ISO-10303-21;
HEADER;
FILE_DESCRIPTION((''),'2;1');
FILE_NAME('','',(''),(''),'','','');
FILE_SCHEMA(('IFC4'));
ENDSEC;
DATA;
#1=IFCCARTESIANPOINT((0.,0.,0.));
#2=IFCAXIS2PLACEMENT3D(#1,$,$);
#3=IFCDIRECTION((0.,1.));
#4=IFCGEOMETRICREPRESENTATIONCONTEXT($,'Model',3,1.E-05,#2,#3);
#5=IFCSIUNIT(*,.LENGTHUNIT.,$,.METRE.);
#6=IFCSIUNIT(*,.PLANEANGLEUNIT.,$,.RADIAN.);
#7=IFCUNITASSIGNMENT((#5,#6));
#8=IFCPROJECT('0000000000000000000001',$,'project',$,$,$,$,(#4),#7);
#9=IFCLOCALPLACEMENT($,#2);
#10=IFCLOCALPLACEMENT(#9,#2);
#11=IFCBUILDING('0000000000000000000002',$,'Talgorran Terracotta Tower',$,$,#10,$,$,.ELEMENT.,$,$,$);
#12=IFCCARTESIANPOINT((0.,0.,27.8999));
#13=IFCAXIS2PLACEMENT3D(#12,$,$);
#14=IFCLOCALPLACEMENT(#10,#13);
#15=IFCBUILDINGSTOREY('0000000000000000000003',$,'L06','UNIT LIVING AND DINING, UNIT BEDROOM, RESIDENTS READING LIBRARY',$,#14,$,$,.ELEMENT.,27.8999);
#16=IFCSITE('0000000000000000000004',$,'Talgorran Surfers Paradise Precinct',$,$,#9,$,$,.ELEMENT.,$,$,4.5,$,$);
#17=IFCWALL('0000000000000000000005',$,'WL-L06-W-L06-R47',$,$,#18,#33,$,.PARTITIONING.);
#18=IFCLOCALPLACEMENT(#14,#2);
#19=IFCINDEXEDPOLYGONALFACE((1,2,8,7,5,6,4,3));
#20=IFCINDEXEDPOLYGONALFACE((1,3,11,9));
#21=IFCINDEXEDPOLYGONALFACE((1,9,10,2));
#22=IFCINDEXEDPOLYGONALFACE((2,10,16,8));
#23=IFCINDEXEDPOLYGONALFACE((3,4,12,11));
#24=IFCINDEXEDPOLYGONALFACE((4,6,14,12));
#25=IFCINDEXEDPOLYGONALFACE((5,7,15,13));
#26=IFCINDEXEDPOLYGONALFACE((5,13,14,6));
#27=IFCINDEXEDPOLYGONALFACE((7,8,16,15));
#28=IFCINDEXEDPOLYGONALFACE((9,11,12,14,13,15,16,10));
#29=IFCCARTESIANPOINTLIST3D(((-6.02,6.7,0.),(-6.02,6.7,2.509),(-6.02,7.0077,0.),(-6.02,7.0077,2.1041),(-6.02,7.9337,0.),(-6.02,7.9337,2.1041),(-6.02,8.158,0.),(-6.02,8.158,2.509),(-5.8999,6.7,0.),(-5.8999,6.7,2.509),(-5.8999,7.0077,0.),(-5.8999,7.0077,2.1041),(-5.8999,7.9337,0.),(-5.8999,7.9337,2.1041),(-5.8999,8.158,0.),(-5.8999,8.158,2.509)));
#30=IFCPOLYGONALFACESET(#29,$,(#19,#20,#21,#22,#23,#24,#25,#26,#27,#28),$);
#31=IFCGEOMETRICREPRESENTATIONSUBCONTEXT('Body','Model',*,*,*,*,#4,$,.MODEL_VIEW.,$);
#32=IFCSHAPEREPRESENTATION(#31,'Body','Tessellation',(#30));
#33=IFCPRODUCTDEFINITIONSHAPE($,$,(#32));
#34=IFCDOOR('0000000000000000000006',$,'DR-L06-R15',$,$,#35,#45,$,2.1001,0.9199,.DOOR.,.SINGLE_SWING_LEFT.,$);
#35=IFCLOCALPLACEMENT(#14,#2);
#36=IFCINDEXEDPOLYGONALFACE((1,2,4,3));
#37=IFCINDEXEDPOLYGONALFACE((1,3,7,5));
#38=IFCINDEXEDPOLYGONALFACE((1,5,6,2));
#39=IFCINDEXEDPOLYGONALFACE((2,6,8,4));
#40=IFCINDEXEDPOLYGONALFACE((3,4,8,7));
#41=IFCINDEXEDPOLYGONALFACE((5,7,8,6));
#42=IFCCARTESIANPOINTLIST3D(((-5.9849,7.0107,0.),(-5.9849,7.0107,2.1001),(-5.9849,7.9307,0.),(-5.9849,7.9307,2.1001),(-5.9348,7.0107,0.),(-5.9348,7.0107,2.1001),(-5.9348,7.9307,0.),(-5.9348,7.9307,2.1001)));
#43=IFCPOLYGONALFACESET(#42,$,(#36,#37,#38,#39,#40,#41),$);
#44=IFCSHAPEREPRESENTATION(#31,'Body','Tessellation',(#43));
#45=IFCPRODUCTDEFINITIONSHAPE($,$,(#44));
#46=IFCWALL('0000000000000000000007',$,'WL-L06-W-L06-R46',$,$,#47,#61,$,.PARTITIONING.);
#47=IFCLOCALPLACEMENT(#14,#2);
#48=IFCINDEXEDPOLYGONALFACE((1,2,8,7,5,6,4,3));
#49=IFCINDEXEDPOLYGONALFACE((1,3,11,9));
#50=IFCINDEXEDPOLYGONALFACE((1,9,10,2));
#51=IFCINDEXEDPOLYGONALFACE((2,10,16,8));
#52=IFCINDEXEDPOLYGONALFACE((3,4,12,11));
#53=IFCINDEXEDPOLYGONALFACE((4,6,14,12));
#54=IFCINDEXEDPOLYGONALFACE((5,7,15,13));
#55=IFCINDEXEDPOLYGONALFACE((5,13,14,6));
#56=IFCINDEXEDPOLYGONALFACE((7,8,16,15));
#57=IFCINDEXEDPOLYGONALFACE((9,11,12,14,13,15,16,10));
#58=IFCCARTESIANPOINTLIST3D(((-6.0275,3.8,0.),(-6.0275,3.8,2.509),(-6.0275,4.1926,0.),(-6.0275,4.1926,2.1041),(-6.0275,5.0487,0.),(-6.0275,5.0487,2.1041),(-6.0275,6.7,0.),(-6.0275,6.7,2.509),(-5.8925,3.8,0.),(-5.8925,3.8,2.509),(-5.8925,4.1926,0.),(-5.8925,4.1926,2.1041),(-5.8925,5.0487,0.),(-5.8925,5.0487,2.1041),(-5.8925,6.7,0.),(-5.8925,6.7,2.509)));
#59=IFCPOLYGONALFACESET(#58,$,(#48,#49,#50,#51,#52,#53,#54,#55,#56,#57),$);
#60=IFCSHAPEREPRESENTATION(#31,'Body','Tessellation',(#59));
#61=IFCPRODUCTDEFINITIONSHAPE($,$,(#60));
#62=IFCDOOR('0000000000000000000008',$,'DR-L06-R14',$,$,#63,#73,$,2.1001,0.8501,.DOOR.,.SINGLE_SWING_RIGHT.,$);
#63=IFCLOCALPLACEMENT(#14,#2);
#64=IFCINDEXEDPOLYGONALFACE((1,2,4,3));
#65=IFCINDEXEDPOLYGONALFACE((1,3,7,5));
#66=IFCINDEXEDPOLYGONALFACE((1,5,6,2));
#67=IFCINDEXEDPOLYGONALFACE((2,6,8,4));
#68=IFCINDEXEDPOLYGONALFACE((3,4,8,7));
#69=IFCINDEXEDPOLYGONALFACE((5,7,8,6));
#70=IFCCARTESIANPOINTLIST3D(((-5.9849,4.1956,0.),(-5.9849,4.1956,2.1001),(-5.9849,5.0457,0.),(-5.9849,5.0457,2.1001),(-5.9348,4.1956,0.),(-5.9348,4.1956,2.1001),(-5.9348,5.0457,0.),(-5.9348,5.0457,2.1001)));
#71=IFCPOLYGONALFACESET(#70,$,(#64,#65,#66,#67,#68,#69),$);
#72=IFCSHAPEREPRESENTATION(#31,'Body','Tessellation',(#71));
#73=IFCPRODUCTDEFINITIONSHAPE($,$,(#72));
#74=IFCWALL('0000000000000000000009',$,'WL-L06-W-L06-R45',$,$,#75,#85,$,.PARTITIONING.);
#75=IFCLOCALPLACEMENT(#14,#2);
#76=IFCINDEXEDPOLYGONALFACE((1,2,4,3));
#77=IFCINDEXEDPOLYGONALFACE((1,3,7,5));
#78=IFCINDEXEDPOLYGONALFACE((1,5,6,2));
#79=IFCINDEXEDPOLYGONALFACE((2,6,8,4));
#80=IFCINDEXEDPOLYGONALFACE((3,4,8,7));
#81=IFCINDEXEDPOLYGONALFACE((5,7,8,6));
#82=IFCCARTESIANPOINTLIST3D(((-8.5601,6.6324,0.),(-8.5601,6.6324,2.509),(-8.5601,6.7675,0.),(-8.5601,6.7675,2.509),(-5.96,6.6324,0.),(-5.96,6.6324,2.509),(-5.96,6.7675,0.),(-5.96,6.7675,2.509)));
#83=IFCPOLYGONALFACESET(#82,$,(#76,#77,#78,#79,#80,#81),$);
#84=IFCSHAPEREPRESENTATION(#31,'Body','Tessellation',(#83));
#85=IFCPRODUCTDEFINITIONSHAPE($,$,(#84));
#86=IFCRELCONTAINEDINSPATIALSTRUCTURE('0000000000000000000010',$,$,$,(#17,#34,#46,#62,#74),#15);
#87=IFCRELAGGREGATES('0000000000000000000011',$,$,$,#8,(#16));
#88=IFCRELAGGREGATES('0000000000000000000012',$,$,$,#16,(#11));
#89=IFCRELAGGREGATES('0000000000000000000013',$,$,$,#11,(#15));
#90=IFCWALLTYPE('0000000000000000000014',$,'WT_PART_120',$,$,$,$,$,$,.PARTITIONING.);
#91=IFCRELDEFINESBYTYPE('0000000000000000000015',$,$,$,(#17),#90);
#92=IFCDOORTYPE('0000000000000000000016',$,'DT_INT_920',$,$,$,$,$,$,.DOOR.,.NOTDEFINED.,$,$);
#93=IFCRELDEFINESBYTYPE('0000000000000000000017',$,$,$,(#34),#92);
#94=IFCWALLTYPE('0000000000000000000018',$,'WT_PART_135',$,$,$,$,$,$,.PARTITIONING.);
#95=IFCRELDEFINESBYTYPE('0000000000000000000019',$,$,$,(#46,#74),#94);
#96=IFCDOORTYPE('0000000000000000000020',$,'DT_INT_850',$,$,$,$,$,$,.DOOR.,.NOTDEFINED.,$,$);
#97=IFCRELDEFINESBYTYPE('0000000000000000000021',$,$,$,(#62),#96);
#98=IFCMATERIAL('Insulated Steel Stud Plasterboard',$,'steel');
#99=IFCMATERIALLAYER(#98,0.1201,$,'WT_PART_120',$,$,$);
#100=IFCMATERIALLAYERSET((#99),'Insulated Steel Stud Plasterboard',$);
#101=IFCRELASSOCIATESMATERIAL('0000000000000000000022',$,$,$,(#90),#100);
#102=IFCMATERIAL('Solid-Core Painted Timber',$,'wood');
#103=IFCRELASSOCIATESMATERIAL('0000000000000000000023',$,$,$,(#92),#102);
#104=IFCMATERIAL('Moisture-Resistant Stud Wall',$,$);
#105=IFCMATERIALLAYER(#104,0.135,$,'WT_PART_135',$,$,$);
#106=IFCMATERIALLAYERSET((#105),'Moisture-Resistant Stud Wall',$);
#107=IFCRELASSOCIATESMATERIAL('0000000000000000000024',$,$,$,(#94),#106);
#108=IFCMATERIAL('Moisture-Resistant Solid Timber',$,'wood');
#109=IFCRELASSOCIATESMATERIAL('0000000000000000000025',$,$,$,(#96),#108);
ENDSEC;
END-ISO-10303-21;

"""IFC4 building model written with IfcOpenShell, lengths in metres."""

from ifc_helpers import new_model, si_unit, direction, frame, frame_2d, origin, place, context, subcontext, project, spatial, rectangle, extrude, material, layer, layer_set, type_object, element, fill, save


model = new_model("IFC4")

# Units and contexts
model_context = context("Model", 3, precision=1e-05, world=origin(), true_north=direction((0.0, 1.0)))
body_context = subcontext(model_context, "Body", "Model", "MODEL_VIEW")
ifc_project = project(units=[si_unit("LENGTHUNIT", "METRE"), si_unit("PLANEANGLEUNIT", "RADIAN")], contexts=[model_context])

# Site, building, storey
site_placement = place(None, origin())
site = spatial("IfcSite", under=ifc_project, at=site_placement, Name="Talgorran Surfers Paradise Precinct", CompositionType="ELEMENT", RefElevation=4.5)
building_placement = place(site_placement, origin())
building = spatial("IfcBuilding", under=site, at=building_placement, Name="Talgorran Terracotta Tower", CompositionType="ELEMENT")
storey_placement = place(building_placement, frame((0.0, 0.0, 27.8999)))
storey = spatial("IfcBuildingStorey", under=building, at=storey_placement, Name="L06", Description="UNIT LIVING AND DINING, UNIT BEDROOM, RESIDENTS READING LIBRARY", CompositionType="ELEMENT", Elevation=27.8999)

# Shared definitions
ifc_material_1 = material(Name="Insulated Steel Stud Plasterboard", Category="steel")
ifc_layer_1 = layer(ifc_material_1, 0.1201, Name="WT_PART_120")
ifc_layer_set_1 = layer_set([ifc_layer_1], Name="Insulated Steel Stud Plasterboard")
wall_type_1 = type_object("IfcWallType", Name="WT_PART_120", PredefinedType="PARTITIONING", material=ifc_layer_set_1)
ifc_material_2 = material(Name="Solid-Core Painted Timber", Category="wood")
door_type_1 = type_object("IfcDoorType", Name="DT_INT_920", OperationType="NOTDEFINED", PredefinedType="DOOR", material=ifc_material_2)

# Walls, openings, doors
wall_1_placement = place(storey_placement, frame((-5.96, 6.7, 0.0), z_axis=(0.0, 0.0, 1.0), x_axis=(0.0, 1.0, 0.0)))
wall_1 = element("IfcWall", 1, at=wall_1_placement, inside=storey, type_object=wall_type_1, Name="WL-L06-W-L06-R47", PredefinedType="PARTITIONING", context=body_context, shape_type="SweptSolid", body=[
    extrude(rectangle(XDim=1.458, YDim=0.1201, at=frame_2d((0.729, 0.0))), origin(), (0.0, 0.0, 1.0), 2.509),
])
opening_1_placement = place(wall_1_placement, frame((0.3108, 0.0, 0.0)))
opening_1 = element("IfcOpeningElement", 2, at=opening_1_placement, cuts=wall_1, PredefinedType="OPENING", context=body_context, shape_type="SweptSolid", body=[
    extrude(rectangle(XDim=0.9259, YDim=2.1041, at=frame_2d((0.46, 1.052))), frame((0.0, 0.0701, 0.0), z_axis=(0.0, -1.0, 0.0), x_axis=(1.0, 0.0, 0.0)), (0.0, 0.0, 1.0), 0.1401),
])
door_1_placement = place(opening_1_placement, origin())
door_1 = element("IfcDoor", 3, at=door_1_placement, inside=storey, type_object=door_type_1, Name="DR-L06-R15", OperationType="SINGLE_SWING_LEFT", OverallHeight=2.1001, OverallWidth=0.9199, PredefinedType="DOOR", context=body_context, shape_type="SweptSolid", body=[
    extrude(rectangle(XDim=0.9199, YDim=2.1001, at=frame_2d((0.46, 1.05))), frame((0.0, 0.0249, 0.0), z_axis=(0.0, -1.0, 0.0), x_axis=(1.0, 0.0, 0.0)), (0.0, 0.0, 1.0), 0.05),
])
fill(opening_1, door_1)
ifc_material_3 = material(Name="Moisture-Resistant Stud Wall")
ifc_layer_2 = layer(ifc_material_3, 0.135, Name="WT_PART_135")
ifc_layer_set_2 = layer_set([ifc_layer_2], Name="Moisture-Resistant Stud Wall")
wall_type_2 = type_object("IfcWallType", Name="WT_PART_135", PredefinedType="PARTITIONING", material=ifc_layer_set_2)
wall_2_placement = place(storey_placement, frame((-5.96, 3.8, 0.0), z_axis=(0.0, 0.0, 1.0), x_axis=(0.0, 1.0, 0.0)))
wall_2 = element("IfcWall", 4, at=wall_2_placement, inside=storey, type_object=wall_type_2, Name="WL-L06-W-L06-R46", PredefinedType="PARTITIONING", context=body_context, shape_type="SweptSolid", body=[
    extrude(rectangle(XDim=2.8999, YDim=0.135, at=frame_2d((1.45, 0.0))), origin(), (0.0, 0.0, 1.0), 2.509),
])
opening_2_placement = place(wall_2_placement, frame((0.3955, 0.0, 0.0)))
opening_2 = element("IfcOpeningElement", 5, at=opening_2_placement, cuts=wall_2, PredefinedType="OPENING", context=body_context, shape_type="SweptSolid", body=[
    extrude(rectangle(XDim=0.8561, YDim=2.1041, at=frame_2d((0.425, 1.052))), frame((0.0, 0.0776, 0.0), z_axis=(0.0, -1.0, 0.0), x_axis=(1.0, 0.0, 0.0)), (0.0, 0.0, 1.0), 0.155),
])
ifc_material_4 = material(Name="Moisture-Resistant Solid Timber", Category="wood")
door_type_2 = type_object("IfcDoorType", Name="DT_INT_850", OperationType="NOTDEFINED", PredefinedType="DOOR", material=ifc_material_4)
door_2_placement = place(opening_2_placement, origin())
door_2 = element("IfcDoor", 6, at=door_2_placement, inside=storey, type_object=door_type_2, Name="DR-L06-R14", OperationType="SINGLE_SWING_RIGHT", OverallHeight=2.1001, OverallWidth=0.8501, PredefinedType="DOOR", context=body_context, shape_type="SweptSolid", body=[
    extrude(rectangle(XDim=0.8501, YDim=2.1001, at=frame_2d((0.425, 1.05))), frame((0.0, 0.0249, 0.0), z_axis=(0.0, -1.0, 0.0), x_axis=(1.0, 0.0, 0.0)), (0.0, 0.0, 1.0), 0.05),
])
fill(opening_2, door_2)

# Wall
wall_3_placement = place(storey_placement, frame((-8.5601, 6.7, 0.0), z_axis=(0.0, 0.0, 1.0), x_axis=(1.0, 0.0, 0.0)))
element("IfcWall", 7, at=wall_3_placement, inside=storey, type_object=wall_type_2, Name="WL-L06-W-L06-R45", PredefinedType="PARTITIONING", context=body_context, shape_type="SweptSolid", body=[
    extrude(rectangle(XDim=2.6001, YDim=0.135, at=frame_2d((1.3, 0.0))), origin(), (0.0, 0.0, 1.0), 2.509),
])

save(model, "model.ifc")
